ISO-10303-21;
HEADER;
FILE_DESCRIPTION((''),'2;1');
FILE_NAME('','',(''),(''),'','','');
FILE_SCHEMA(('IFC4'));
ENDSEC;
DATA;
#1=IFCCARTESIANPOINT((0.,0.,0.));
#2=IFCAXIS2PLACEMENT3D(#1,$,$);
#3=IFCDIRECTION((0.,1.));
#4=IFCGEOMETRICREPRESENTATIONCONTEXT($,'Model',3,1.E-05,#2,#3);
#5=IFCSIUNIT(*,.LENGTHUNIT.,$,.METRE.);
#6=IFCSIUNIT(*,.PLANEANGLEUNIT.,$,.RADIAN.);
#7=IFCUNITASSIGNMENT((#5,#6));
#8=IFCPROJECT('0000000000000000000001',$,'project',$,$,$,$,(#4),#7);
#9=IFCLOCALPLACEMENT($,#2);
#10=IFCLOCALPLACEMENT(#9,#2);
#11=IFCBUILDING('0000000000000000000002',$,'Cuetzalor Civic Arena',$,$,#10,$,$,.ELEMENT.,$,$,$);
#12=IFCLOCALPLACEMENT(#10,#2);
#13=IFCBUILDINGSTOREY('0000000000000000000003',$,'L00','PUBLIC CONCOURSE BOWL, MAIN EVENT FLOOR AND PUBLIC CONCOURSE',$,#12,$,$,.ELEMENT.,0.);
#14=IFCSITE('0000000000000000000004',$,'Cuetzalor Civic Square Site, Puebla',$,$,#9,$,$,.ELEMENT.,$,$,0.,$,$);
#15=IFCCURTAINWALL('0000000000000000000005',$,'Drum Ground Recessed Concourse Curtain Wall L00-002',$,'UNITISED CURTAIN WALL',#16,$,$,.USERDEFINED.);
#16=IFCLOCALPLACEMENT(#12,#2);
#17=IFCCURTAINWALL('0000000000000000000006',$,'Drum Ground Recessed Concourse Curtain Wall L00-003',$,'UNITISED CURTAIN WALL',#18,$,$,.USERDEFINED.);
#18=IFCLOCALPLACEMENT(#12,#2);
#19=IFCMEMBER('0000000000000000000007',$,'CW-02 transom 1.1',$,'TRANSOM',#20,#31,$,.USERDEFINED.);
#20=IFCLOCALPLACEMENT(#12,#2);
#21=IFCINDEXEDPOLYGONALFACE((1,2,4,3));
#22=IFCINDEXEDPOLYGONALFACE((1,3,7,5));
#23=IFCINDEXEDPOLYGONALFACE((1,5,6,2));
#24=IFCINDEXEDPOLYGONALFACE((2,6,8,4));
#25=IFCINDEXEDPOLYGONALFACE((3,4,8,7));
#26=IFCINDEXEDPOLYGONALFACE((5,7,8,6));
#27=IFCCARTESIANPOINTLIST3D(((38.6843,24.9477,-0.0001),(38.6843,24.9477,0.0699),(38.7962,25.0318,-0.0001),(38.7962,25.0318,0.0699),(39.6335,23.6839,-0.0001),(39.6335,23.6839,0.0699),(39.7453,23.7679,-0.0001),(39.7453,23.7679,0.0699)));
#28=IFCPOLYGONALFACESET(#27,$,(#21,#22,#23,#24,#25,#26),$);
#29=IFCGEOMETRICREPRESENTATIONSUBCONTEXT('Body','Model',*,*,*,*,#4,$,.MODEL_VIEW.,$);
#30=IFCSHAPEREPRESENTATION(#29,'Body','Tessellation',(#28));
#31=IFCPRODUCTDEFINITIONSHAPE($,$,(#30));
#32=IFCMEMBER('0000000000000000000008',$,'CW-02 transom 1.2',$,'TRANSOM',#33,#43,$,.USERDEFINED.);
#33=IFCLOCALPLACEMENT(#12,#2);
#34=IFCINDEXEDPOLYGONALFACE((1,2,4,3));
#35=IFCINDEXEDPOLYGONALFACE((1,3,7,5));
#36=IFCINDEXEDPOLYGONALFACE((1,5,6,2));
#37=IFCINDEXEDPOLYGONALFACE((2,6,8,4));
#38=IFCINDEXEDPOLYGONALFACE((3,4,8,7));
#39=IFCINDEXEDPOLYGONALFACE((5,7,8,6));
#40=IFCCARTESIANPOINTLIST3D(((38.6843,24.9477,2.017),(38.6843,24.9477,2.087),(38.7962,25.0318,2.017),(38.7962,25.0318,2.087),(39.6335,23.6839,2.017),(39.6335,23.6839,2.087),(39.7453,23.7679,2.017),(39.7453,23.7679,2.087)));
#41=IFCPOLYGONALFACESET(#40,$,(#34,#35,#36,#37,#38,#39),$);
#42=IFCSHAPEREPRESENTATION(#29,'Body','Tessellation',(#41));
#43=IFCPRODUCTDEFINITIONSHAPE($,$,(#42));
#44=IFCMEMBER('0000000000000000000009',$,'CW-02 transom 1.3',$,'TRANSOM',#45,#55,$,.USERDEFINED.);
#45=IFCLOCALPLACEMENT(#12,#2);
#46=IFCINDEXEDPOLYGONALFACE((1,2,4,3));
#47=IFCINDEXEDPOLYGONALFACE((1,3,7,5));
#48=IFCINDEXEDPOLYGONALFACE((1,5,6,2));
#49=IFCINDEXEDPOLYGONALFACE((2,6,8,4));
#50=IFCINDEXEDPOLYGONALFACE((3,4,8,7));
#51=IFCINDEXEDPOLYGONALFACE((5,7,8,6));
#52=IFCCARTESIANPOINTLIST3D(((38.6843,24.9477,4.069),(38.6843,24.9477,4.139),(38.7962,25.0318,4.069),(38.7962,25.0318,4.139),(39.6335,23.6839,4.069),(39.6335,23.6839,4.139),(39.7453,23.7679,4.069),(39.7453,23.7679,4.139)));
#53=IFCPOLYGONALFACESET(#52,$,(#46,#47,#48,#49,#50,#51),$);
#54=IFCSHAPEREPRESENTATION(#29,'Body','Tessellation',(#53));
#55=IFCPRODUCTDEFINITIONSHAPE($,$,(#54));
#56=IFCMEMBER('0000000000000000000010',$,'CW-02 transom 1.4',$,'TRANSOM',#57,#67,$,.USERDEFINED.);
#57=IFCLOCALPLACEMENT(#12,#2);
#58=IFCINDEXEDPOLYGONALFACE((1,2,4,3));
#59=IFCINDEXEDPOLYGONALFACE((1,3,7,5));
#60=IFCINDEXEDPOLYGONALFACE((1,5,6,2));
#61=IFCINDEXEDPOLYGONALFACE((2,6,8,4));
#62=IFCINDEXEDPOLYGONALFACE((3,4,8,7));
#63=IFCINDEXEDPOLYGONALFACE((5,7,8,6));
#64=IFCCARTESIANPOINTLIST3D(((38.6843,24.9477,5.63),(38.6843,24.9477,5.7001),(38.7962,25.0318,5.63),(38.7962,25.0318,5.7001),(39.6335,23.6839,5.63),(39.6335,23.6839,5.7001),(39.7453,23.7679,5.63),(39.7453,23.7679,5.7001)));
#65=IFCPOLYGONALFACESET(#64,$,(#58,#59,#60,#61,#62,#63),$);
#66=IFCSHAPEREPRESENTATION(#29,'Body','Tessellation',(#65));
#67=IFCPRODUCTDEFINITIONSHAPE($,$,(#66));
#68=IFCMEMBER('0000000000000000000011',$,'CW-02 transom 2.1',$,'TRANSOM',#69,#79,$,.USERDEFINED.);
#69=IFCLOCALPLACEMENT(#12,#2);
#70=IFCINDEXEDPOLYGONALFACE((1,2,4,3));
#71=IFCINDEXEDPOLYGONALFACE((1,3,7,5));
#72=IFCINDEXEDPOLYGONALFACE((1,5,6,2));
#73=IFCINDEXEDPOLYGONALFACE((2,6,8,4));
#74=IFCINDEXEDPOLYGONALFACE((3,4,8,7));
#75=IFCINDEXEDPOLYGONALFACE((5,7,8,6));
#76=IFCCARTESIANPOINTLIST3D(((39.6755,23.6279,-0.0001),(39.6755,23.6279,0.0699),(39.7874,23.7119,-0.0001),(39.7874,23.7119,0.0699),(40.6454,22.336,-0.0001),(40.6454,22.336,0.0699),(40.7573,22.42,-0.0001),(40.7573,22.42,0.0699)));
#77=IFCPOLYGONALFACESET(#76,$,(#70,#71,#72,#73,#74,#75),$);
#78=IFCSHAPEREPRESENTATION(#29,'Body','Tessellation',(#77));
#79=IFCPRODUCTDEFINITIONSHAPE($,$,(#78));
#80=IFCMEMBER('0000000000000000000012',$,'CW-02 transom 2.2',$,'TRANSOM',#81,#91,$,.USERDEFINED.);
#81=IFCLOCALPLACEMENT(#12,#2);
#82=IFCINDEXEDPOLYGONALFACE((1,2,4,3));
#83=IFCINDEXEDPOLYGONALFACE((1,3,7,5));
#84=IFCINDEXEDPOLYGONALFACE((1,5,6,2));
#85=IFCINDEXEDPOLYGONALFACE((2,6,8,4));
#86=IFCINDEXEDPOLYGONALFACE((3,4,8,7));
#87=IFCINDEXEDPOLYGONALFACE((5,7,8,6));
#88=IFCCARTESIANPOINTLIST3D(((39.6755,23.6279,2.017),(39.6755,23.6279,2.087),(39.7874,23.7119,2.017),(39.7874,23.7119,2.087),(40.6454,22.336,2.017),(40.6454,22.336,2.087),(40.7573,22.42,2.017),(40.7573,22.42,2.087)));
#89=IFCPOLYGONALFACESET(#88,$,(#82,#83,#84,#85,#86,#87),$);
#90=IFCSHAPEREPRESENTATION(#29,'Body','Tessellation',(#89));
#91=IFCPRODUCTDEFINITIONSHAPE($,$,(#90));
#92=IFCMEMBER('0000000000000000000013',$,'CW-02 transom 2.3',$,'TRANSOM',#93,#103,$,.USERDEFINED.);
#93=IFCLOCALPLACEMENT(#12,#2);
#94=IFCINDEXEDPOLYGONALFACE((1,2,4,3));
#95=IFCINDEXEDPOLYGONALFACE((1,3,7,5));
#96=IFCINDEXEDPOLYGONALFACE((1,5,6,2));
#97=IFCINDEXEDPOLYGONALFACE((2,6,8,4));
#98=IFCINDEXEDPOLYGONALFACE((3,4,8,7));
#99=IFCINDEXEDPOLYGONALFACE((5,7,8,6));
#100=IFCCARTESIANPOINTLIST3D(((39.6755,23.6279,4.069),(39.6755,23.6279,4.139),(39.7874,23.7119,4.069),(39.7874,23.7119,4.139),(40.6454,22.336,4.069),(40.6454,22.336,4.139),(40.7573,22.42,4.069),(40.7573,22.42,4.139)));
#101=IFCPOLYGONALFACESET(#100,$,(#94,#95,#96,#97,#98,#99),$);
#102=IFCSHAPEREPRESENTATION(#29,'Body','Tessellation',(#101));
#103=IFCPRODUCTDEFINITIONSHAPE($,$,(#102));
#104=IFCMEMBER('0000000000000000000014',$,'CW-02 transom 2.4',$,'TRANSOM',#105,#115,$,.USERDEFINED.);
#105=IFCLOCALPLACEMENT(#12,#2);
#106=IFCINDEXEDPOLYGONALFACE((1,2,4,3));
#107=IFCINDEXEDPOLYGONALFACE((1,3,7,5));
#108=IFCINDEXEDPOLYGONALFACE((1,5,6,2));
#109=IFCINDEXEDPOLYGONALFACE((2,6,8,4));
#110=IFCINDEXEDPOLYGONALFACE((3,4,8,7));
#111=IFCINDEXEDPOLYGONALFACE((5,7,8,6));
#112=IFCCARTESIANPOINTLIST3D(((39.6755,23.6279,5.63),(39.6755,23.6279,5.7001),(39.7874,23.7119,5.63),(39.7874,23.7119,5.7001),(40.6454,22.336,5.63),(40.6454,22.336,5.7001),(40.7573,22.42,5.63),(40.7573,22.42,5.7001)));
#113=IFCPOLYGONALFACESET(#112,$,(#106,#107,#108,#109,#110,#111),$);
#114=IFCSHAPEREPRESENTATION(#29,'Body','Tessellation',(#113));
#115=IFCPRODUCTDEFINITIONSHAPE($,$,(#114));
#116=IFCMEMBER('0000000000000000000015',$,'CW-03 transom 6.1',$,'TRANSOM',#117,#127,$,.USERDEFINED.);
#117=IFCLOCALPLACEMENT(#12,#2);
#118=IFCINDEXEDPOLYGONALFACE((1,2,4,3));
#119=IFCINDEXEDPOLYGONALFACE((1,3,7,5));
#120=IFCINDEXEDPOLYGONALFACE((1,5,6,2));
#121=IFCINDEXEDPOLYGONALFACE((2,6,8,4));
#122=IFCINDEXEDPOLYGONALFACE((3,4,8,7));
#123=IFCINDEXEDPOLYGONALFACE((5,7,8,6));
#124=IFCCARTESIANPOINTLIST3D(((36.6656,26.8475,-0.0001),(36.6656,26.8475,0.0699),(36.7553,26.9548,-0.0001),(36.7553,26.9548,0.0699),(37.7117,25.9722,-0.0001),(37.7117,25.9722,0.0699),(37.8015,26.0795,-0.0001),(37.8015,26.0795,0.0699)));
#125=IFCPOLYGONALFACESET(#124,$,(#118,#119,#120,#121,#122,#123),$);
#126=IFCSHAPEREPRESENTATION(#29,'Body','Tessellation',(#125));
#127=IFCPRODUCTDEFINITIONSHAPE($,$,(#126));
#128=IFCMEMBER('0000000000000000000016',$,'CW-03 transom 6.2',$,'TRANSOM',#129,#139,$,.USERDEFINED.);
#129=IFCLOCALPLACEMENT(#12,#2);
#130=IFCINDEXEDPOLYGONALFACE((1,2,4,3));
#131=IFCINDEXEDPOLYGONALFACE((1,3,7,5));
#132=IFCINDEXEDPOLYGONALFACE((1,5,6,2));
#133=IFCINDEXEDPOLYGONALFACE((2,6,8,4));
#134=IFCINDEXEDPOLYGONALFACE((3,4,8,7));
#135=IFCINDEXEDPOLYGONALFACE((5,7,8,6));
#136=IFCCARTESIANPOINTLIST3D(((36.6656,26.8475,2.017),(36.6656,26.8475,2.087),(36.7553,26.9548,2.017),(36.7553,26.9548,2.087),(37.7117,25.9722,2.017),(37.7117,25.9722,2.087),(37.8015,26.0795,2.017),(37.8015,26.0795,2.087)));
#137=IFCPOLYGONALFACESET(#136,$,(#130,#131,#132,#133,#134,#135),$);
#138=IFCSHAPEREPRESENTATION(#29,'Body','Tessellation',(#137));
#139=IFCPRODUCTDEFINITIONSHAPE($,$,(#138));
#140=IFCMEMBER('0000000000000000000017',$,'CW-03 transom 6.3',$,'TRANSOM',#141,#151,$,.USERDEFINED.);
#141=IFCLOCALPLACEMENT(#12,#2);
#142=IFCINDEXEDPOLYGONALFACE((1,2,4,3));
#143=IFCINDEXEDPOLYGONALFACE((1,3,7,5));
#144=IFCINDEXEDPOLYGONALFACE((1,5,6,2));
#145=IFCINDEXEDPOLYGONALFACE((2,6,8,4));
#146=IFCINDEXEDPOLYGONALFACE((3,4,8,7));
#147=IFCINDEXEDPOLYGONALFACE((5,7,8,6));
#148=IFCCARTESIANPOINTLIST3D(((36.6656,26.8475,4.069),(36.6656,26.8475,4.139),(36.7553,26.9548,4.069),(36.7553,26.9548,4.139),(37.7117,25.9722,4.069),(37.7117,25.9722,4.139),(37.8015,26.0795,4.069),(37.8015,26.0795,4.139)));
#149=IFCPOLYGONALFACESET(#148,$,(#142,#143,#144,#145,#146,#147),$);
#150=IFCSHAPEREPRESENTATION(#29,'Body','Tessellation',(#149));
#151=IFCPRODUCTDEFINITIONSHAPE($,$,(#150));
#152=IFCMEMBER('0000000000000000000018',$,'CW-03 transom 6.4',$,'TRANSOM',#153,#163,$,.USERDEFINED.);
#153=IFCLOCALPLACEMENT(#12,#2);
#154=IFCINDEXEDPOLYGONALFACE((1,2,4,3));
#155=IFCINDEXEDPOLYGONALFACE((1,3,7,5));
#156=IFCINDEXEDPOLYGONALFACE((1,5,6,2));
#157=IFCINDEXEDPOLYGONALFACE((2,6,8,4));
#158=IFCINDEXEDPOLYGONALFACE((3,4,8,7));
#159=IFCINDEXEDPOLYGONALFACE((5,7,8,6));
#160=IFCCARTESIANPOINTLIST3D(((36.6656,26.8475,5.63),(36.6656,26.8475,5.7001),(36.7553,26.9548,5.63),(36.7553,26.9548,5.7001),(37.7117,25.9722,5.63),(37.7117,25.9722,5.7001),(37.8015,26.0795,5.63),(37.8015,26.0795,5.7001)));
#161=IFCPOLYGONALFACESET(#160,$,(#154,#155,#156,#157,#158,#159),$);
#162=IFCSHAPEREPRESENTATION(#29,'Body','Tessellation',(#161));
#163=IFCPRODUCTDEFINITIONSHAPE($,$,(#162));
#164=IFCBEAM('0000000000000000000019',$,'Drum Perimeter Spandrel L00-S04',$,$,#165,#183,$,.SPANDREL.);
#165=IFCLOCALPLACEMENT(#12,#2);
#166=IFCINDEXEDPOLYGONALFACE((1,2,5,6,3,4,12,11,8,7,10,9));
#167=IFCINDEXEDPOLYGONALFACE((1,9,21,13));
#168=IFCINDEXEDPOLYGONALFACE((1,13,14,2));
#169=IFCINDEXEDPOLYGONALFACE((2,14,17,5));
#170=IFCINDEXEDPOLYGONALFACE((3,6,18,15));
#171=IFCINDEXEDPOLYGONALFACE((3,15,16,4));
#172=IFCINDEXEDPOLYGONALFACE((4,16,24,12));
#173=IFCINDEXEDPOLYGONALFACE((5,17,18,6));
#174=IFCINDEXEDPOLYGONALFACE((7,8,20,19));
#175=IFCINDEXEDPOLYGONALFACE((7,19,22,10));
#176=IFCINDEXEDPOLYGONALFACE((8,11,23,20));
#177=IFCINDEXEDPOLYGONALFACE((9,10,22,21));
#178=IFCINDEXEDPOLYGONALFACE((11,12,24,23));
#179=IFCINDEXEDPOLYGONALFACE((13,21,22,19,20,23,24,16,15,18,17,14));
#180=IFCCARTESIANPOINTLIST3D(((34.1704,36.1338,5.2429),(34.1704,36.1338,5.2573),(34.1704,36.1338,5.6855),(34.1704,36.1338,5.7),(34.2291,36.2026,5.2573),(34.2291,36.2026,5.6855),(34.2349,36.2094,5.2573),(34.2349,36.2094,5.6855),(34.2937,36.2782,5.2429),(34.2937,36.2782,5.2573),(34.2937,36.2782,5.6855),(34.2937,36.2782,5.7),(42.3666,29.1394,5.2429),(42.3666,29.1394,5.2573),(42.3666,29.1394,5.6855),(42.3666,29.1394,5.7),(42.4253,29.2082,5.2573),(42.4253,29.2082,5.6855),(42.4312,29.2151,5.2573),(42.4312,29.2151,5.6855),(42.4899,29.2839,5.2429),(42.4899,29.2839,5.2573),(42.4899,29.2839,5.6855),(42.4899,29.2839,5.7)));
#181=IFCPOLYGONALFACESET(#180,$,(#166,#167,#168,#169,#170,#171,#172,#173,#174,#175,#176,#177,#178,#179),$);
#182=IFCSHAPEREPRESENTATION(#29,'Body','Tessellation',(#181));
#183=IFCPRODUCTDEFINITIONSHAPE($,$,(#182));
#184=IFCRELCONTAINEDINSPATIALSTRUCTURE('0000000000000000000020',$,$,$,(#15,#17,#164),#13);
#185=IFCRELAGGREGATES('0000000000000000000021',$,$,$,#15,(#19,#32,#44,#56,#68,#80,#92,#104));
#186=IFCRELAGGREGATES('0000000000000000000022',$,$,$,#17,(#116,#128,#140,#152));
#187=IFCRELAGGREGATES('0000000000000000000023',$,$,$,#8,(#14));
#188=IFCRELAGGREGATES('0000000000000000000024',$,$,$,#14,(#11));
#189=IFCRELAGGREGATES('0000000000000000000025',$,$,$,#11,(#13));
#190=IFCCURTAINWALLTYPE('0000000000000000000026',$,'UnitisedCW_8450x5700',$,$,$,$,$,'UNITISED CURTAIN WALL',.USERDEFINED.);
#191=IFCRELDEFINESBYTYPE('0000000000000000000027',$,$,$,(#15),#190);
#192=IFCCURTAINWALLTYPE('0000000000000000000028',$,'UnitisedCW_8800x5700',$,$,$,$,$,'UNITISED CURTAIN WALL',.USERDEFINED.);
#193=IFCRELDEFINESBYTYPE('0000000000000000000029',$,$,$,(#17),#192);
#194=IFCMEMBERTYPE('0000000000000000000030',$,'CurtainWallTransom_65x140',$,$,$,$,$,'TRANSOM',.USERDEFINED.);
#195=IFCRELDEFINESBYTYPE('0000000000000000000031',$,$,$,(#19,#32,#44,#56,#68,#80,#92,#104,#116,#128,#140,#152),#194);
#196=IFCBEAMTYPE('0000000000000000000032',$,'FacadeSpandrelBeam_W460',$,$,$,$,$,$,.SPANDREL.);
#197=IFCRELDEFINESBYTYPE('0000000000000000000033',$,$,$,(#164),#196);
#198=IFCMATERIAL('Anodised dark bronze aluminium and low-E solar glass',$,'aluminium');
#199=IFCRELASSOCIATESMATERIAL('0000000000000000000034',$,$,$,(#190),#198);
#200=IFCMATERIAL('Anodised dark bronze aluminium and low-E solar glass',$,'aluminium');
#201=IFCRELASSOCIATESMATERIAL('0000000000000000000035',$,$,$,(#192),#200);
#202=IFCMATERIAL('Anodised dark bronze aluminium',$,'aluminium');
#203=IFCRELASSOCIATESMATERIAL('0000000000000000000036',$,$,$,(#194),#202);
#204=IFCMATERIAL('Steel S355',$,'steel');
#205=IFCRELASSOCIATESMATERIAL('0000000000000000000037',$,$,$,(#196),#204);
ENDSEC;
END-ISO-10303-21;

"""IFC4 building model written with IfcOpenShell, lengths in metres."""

from ifc_helpers import new_model, si_unit, direction, frame, origin, origin_2d, place, context, subcontext, project, spatial, rectangle, i_section, extrude, material, material_profile, profile_set, type_object, element, aggregate, save


model = new_model("IFC4")

# Units and contexts
model_context = context("Model", 3, precision=1e-05, world=origin(), true_north=direction((0.0, 1.0)))
body_context = subcontext(model_context, "Body", "Model", "MODEL_VIEW")
ifc_project = project(units=[si_unit("LENGTHUNIT", "METRE"), si_unit("PLANEANGLEUNIT", "RADIAN")], contexts=[model_context])

# Site, building, storey
site_placement = place(None, origin())
site = spatial("IfcSite", under=ifc_project, at=site_placement, Name="Cuetzalor Civic Square Site, Puebla", CompositionType="ELEMENT", RefElevation=0.0)
building_placement = place(site_placement, origin())
building = spatial("IfcBuilding", under=site, at=building_placement, Name="Cuetzalor Civic Arena", CompositionType="ELEMENT")
storey_placement = place(building_placement, origin())
storey = spatial("IfcBuildingStorey", under=building, at=storey_placement, Name="L00", Description="PUBLIC CONCOURSE BOWL, MAIN EVENT FLOOR AND PUBLIC CONCOURSE", CompositionType="ELEMENT", Elevation=0.0)

# Curtain wall
ifc_material_1 = material(Name="Anodised dark bronze aluminium and low-E solar glass", Category="aluminium")
curtain_wall_type_1 = type_object("IfcCurtainWallType", Name="UnitisedCW_8450x5700", ElementType="UNITISED CURTAIN WALL", PredefinedType="USERDEFINED", material=ifc_material_1)
curtain_wall_1_placement = place(storey_placement, origin())
curtain_wall_1 = element("IfcCurtainWall", 1, at=curtain_wall_1_placement, inside=storey, type_object=curtain_wall_type_1, Name="Drum Ground Recessed Concourse Curtain Wall L00-002", ObjectType="UNITISED CURTAIN WALL", PredefinedType="USERDEFINED")

# Curtain wall
ifc_material_2 = material(Name="Anodised dark bronze aluminium and low-E solar glass", Category="aluminium")
curtain_wall_type_2 = type_object("IfcCurtainWallType", Name="UnitisedCW_8800x5700", ElementType="UNITISED CURTAIN WALL", PredefinedType="USERDEFINED", material=ifc_material_2)
curtain_wall_2_placement = place(storey_placement, origin())
curtain_wall_2 = element("IfcCurtainWall", 2, at=curtain_wall_2_placement, inside=storey, type_object=curtain_wall_type_2, Name="Drum Ground Recessed Concourse Curtain Wall L00-003", ObjectType="UNITISED CURTAIN WALL", PredefinedType="USERDEFINED")

# Members
ifc_material_3 = material(Name="Anodised dark bronze aluminium", Category="aluminium")
ifc_material_profile_1 = material_profile(ifc_material_3, rectangle(XDim=0.1399, YDim=0.0701, at=origin_2d()), Name="ALU TRANSOM 70x140")
ifc_profile_set_1 = profile_set([ifc_material_profile_1], Name="Anodised dark bronze aluminium")
member_type_1 = type_object("IfcMemberType", Name="CurtainWallTransom_65x140", ElementType="TRANSOM", PredefinedType="USERDEFINED", material=ifc_profile_set_1)
member_1_placement = place(storey_placement, frame((38.7402, 24.9897, 0.0349), z_axis=(0.600519, -0.799611, 0.0), x_axis=(0.799611, 0.600519, 0.0)))
member_1 = element("IfcMember", 3, at=member_1_placement, type_object=member_type_1, Name="CW-02 transom 1.1", ObjectType="TRANSOM", PredefinedType="USERDEFINED", context=body_context, shape_type="SweptSolid", body=[
    extrude(rectangle(XDim=0.1399, YDim=0.0701, at=origin_2d()), origin(), (0.0, 0.0, 1.0), 1.5806),
])
member_2_placement = place(storey_placement, frame((38.7402, 24.9897, 2.052), z_axis=(0.600519, -0.799611, 0.0), x_axis=(0.799611, 0.600519, 0.0)))
member_2 = element("IfcMember", 4, at=member_2_placement, type_object=member_type_1, Name="CW-02 transom 1.2", ObjectType="TRANSOM", PredefinedType="USERDEFINED", context=body_context, shape_type="SweptSolid", body=[
    extrude(rectangle(XDim=0.1399, YDim=0.0701, at=origin_2d()), origin(), (0.0, 0.0, 1.0), 1.5806),
])
member_3_placement = place(storey_placement, frame((38.7402, 24.9897, 4.104), z_axis=(0.600519, -0.799611, 0.0), x_axis=(0.799611, 0.600519, 0.0)))
member_3 = element("IfcMember", 5, at=member_3_placement, type_object=member_type_1, Name="CW-02 transom 1.3", ObjectType="TRANSOM", PredefinedType="USERDEFINED", context=body_context, shape_type="SweptSolid", body=[
    extrude(rectangle(XDim=0.1399, YDim=0.0701, at=origin_2d()), origin(), (0.0, 0.0, 1.0), 1.5806),
])
member_4_placement = place(storey_placement, frame((38.7402, 24.9897, 5.665), z_axis=(0.600519, -0.799611, 0.0), x_axis=(0.799611, 0.600519, 0.0)))
member_4 = element("IfcMember", 6, at=member_4_placement, type_object=member_type_1, Name="CW-02 transom 1.4", ObjectType="TRANSOM", PredefinedType="USERDEFINED", context=body_context, shape_type="SweptSolid", body=[
    extrude(rectangle(XDim=0.1399, YDim=0.0701, at=origin_2d()), origin(), (0.0, 0.0, 1.0), 1.5806),
])
member_5_placement = place(storey_placement, frame((39.7314, 23.6699, 0.0349), z_axis=(0.600387, -0.79971, 0.0), x_axis=(0.79971, 0.600387, 0.0)))
member_5 = element("IfcMember", 7, at=member_5_placement, type_object=member_type_1, Name="CW-02 transom 2.1", ObjectType="TRANSOM", PredefinedType="USERDEFINED", context=body_context, shape_type="SweptSolid", body=[
    extrude(rectangle(XDim=0.1399, YDim=0.0701, at=origin_2d()), origin(), (0.0, 0.0, 1.0), 1.6155),
])
member_6_placement = place(storey_placement, frame((39.7314, 23.6699, 2.052), z_axis=(0.600387, -0.79971, 0.0), x_axis=(0.79971, 0.600387, 0.0)))
member_6 = element("IfcMember", 8, at=member_6_placement, type_object=member_type_1, Name="CW-02 transom 2.2", ObjectType="TRANSOM", PredefinedType="USERDEFINED", context=body_context, shape_type="SweptSolid", body=[
    extrude(rectangle(XDim=0.1399, YDim=0.0701, at=origin_2d()), origin(), (0.0, 0.0, 1.0), 1.6155),
])
member_7_placement = place(storey_placement, frame((39.7314, 23.6699, 4.104), z_axis=(0.600387, -0.79971, 0.0), x_axis=(0.79971, 0.600387, 0.0)))
member_7 = element("IfcMember", 9, at=member_7_placement, type_object=member_type_1, Name="CW-02 transom 2.3", ObjectType="TRANSOM", PredefinedType="USERDEFINED", context=body_context, shape_type="SweptSolid", body=[
    extrude(rectangle(XDim=0.1399, YDim=0.0701, at=origin_2d()), origin(), (0.0, 0.0, 1.0), 1.6155),
])
member_8_placement = place(storey_placement, frame((39.7314, 23.6699, 5.665), z_axis=(0.600387, -0.79971, 0.0), x_axis=(0.79971, 0.600387, 0.0)))
member_8 = element("IfcMember", 10, at=member_8_placement, type_object=member_type_1, Name="CW-02 transom 2.4", ObjectType="TRANSOM", PredefinedType="USERDEFINED", context=body_context, shape_type="SweptSolid", body=[
    extrude(rectangle(XDim=0.1399, YDim=0.0701, at=origin_2d()), origin(), (0.0, 0.0, 1.0), 1.6155),
])
member_9_placement = place(storey_placement, frame((36.7104, 26.9011, 0.0349), z_axis=(0.766973, -0.64168, 0.0), x_axis=(0.64168, 0.766973, 0.0)))
member_9 = element("IfcMember", 11, at=member_9_placement, type_object=member_type_1, Name="CW-03 transom 6.1", ObjectType="TRANSOM", PredefinedType="USERDEFINED", context=body_context, shape_type="SweptSolid", body=[
    extrude(rectangle(XDim=0.1399, YDim=0.0701, at=origin_2d()), origin(), (0.0, 0.0, 1.0), 1.364),
])
member_10_placement = place(storey_placement, frame((36.7104, 26.9011, 2.052), z_axis=(0.766973, -0.64168, 0.0), x_axis=(0.64168, 0.766973, 0.0)))
member_10 = element("IfcMember", 12, at=member_10_placement, type_object=member_type_1, Name="CW-03 transom 6.2", ObjectType="TRANSOM", PredefinedType="USERDEFINED", context=body_context, shape_type="SweptSolid", body=[
    extrude(rectangle(XDim=0.1399, YDim=0.0701, at=origin_2d()), origin(), (0.0, 0.0, 1.0), 1.364),
])
member_11_placement = place(storey_placement, frame((36.7104, 26.9011, 4.104), z_axis=(0.766973, -0.64168, 0.0), x_axis=(0.64168, 0.766973, 0.0)))
member_11 = element("IfcMember", 13, at=member_11_placement, type_object=member_type_1, Name="CW-03 transom 6.3", ObjectType="TRANSOM", PredefinedType="USERDEFINED", context=body_context, shape_type="SweptSolid", body=[
    extrude(rectangle(XDim=0.1399, YDim=0.0701, at=origin_2d()), origin(), (0.0, 0.0, 1.0), 1.364),
])
member_12_placement = place(storey_placement, frame((36.7104, 26.9011, 5.665), z_axis=(0.766973, -0.64168, 0.0), x_axis=(0.64168, 0.766973, 0.0)))
member_12 = element("IfcMember", 14, at=member_12_placement, type_object=member_type_1, Name="CW-03 transom 6.4", ObjectType="TRANSOM", PredefinedType="USERDEFINED", context=body_context, shape_type="SweptSolid", body=[
    extrude(rectangle(XDim=0.1399, YDim=0.0701, at=origin_2d()), origin(), (0.0, 0.0, 1.0), 1.364),
])

# Beam
ifc_material_4 = material(Name="Steel S355", Category="steel")
ifc_material_profile_2 = material_profile(ifc_material_4, i_section(OverallWidth=0.1899, OverallDepth=0.457, WebThickness=0.009, FlangeThickness=0.0144, at=origin_2d()), Name="W460x74")
ifc_profile_set_2 = profile_set([ifc_material_profile_2], Name="Steel S355")
beam_type = type_object("IfcBeamType", Name="FacadeSpandrelBeam_W460", PredefinedType="SPANDREL", material=ifc_profile_set_2)
beam_placement = place(storey_placement, frame((42.4282, 29.2117, 5.4714), z_axis=(-0.760677, 0.649131, 0.0), x_axis=(-0.649131, -0.760677, 0.0)))
element("IfcBeam", 15, at=beam_placement, inside=storey, type_object=beam_type, Name="Drum Perimeter Spandrel L00-S04", PredefinedType="SPANDREL", context=body_context, shape_type="SweptSolid", body=[
    extrude(i_section(OverallWidth=0.1899, OverallDepth=0.457, WebThickness=0.009, FlangeThickness=0.0144, at=origin_2d()), origin(), (0.0, 0.0, 1.0), 10.7749),
])

aggregate(curtain_wall_1, [member_1, member_2, member_3, member_4, member_5, member_6, member_7, member_8])
aggregate(curtain_wall_2, [member_9, member_10, member_11, member_12])

save(model, "model.ifc")
